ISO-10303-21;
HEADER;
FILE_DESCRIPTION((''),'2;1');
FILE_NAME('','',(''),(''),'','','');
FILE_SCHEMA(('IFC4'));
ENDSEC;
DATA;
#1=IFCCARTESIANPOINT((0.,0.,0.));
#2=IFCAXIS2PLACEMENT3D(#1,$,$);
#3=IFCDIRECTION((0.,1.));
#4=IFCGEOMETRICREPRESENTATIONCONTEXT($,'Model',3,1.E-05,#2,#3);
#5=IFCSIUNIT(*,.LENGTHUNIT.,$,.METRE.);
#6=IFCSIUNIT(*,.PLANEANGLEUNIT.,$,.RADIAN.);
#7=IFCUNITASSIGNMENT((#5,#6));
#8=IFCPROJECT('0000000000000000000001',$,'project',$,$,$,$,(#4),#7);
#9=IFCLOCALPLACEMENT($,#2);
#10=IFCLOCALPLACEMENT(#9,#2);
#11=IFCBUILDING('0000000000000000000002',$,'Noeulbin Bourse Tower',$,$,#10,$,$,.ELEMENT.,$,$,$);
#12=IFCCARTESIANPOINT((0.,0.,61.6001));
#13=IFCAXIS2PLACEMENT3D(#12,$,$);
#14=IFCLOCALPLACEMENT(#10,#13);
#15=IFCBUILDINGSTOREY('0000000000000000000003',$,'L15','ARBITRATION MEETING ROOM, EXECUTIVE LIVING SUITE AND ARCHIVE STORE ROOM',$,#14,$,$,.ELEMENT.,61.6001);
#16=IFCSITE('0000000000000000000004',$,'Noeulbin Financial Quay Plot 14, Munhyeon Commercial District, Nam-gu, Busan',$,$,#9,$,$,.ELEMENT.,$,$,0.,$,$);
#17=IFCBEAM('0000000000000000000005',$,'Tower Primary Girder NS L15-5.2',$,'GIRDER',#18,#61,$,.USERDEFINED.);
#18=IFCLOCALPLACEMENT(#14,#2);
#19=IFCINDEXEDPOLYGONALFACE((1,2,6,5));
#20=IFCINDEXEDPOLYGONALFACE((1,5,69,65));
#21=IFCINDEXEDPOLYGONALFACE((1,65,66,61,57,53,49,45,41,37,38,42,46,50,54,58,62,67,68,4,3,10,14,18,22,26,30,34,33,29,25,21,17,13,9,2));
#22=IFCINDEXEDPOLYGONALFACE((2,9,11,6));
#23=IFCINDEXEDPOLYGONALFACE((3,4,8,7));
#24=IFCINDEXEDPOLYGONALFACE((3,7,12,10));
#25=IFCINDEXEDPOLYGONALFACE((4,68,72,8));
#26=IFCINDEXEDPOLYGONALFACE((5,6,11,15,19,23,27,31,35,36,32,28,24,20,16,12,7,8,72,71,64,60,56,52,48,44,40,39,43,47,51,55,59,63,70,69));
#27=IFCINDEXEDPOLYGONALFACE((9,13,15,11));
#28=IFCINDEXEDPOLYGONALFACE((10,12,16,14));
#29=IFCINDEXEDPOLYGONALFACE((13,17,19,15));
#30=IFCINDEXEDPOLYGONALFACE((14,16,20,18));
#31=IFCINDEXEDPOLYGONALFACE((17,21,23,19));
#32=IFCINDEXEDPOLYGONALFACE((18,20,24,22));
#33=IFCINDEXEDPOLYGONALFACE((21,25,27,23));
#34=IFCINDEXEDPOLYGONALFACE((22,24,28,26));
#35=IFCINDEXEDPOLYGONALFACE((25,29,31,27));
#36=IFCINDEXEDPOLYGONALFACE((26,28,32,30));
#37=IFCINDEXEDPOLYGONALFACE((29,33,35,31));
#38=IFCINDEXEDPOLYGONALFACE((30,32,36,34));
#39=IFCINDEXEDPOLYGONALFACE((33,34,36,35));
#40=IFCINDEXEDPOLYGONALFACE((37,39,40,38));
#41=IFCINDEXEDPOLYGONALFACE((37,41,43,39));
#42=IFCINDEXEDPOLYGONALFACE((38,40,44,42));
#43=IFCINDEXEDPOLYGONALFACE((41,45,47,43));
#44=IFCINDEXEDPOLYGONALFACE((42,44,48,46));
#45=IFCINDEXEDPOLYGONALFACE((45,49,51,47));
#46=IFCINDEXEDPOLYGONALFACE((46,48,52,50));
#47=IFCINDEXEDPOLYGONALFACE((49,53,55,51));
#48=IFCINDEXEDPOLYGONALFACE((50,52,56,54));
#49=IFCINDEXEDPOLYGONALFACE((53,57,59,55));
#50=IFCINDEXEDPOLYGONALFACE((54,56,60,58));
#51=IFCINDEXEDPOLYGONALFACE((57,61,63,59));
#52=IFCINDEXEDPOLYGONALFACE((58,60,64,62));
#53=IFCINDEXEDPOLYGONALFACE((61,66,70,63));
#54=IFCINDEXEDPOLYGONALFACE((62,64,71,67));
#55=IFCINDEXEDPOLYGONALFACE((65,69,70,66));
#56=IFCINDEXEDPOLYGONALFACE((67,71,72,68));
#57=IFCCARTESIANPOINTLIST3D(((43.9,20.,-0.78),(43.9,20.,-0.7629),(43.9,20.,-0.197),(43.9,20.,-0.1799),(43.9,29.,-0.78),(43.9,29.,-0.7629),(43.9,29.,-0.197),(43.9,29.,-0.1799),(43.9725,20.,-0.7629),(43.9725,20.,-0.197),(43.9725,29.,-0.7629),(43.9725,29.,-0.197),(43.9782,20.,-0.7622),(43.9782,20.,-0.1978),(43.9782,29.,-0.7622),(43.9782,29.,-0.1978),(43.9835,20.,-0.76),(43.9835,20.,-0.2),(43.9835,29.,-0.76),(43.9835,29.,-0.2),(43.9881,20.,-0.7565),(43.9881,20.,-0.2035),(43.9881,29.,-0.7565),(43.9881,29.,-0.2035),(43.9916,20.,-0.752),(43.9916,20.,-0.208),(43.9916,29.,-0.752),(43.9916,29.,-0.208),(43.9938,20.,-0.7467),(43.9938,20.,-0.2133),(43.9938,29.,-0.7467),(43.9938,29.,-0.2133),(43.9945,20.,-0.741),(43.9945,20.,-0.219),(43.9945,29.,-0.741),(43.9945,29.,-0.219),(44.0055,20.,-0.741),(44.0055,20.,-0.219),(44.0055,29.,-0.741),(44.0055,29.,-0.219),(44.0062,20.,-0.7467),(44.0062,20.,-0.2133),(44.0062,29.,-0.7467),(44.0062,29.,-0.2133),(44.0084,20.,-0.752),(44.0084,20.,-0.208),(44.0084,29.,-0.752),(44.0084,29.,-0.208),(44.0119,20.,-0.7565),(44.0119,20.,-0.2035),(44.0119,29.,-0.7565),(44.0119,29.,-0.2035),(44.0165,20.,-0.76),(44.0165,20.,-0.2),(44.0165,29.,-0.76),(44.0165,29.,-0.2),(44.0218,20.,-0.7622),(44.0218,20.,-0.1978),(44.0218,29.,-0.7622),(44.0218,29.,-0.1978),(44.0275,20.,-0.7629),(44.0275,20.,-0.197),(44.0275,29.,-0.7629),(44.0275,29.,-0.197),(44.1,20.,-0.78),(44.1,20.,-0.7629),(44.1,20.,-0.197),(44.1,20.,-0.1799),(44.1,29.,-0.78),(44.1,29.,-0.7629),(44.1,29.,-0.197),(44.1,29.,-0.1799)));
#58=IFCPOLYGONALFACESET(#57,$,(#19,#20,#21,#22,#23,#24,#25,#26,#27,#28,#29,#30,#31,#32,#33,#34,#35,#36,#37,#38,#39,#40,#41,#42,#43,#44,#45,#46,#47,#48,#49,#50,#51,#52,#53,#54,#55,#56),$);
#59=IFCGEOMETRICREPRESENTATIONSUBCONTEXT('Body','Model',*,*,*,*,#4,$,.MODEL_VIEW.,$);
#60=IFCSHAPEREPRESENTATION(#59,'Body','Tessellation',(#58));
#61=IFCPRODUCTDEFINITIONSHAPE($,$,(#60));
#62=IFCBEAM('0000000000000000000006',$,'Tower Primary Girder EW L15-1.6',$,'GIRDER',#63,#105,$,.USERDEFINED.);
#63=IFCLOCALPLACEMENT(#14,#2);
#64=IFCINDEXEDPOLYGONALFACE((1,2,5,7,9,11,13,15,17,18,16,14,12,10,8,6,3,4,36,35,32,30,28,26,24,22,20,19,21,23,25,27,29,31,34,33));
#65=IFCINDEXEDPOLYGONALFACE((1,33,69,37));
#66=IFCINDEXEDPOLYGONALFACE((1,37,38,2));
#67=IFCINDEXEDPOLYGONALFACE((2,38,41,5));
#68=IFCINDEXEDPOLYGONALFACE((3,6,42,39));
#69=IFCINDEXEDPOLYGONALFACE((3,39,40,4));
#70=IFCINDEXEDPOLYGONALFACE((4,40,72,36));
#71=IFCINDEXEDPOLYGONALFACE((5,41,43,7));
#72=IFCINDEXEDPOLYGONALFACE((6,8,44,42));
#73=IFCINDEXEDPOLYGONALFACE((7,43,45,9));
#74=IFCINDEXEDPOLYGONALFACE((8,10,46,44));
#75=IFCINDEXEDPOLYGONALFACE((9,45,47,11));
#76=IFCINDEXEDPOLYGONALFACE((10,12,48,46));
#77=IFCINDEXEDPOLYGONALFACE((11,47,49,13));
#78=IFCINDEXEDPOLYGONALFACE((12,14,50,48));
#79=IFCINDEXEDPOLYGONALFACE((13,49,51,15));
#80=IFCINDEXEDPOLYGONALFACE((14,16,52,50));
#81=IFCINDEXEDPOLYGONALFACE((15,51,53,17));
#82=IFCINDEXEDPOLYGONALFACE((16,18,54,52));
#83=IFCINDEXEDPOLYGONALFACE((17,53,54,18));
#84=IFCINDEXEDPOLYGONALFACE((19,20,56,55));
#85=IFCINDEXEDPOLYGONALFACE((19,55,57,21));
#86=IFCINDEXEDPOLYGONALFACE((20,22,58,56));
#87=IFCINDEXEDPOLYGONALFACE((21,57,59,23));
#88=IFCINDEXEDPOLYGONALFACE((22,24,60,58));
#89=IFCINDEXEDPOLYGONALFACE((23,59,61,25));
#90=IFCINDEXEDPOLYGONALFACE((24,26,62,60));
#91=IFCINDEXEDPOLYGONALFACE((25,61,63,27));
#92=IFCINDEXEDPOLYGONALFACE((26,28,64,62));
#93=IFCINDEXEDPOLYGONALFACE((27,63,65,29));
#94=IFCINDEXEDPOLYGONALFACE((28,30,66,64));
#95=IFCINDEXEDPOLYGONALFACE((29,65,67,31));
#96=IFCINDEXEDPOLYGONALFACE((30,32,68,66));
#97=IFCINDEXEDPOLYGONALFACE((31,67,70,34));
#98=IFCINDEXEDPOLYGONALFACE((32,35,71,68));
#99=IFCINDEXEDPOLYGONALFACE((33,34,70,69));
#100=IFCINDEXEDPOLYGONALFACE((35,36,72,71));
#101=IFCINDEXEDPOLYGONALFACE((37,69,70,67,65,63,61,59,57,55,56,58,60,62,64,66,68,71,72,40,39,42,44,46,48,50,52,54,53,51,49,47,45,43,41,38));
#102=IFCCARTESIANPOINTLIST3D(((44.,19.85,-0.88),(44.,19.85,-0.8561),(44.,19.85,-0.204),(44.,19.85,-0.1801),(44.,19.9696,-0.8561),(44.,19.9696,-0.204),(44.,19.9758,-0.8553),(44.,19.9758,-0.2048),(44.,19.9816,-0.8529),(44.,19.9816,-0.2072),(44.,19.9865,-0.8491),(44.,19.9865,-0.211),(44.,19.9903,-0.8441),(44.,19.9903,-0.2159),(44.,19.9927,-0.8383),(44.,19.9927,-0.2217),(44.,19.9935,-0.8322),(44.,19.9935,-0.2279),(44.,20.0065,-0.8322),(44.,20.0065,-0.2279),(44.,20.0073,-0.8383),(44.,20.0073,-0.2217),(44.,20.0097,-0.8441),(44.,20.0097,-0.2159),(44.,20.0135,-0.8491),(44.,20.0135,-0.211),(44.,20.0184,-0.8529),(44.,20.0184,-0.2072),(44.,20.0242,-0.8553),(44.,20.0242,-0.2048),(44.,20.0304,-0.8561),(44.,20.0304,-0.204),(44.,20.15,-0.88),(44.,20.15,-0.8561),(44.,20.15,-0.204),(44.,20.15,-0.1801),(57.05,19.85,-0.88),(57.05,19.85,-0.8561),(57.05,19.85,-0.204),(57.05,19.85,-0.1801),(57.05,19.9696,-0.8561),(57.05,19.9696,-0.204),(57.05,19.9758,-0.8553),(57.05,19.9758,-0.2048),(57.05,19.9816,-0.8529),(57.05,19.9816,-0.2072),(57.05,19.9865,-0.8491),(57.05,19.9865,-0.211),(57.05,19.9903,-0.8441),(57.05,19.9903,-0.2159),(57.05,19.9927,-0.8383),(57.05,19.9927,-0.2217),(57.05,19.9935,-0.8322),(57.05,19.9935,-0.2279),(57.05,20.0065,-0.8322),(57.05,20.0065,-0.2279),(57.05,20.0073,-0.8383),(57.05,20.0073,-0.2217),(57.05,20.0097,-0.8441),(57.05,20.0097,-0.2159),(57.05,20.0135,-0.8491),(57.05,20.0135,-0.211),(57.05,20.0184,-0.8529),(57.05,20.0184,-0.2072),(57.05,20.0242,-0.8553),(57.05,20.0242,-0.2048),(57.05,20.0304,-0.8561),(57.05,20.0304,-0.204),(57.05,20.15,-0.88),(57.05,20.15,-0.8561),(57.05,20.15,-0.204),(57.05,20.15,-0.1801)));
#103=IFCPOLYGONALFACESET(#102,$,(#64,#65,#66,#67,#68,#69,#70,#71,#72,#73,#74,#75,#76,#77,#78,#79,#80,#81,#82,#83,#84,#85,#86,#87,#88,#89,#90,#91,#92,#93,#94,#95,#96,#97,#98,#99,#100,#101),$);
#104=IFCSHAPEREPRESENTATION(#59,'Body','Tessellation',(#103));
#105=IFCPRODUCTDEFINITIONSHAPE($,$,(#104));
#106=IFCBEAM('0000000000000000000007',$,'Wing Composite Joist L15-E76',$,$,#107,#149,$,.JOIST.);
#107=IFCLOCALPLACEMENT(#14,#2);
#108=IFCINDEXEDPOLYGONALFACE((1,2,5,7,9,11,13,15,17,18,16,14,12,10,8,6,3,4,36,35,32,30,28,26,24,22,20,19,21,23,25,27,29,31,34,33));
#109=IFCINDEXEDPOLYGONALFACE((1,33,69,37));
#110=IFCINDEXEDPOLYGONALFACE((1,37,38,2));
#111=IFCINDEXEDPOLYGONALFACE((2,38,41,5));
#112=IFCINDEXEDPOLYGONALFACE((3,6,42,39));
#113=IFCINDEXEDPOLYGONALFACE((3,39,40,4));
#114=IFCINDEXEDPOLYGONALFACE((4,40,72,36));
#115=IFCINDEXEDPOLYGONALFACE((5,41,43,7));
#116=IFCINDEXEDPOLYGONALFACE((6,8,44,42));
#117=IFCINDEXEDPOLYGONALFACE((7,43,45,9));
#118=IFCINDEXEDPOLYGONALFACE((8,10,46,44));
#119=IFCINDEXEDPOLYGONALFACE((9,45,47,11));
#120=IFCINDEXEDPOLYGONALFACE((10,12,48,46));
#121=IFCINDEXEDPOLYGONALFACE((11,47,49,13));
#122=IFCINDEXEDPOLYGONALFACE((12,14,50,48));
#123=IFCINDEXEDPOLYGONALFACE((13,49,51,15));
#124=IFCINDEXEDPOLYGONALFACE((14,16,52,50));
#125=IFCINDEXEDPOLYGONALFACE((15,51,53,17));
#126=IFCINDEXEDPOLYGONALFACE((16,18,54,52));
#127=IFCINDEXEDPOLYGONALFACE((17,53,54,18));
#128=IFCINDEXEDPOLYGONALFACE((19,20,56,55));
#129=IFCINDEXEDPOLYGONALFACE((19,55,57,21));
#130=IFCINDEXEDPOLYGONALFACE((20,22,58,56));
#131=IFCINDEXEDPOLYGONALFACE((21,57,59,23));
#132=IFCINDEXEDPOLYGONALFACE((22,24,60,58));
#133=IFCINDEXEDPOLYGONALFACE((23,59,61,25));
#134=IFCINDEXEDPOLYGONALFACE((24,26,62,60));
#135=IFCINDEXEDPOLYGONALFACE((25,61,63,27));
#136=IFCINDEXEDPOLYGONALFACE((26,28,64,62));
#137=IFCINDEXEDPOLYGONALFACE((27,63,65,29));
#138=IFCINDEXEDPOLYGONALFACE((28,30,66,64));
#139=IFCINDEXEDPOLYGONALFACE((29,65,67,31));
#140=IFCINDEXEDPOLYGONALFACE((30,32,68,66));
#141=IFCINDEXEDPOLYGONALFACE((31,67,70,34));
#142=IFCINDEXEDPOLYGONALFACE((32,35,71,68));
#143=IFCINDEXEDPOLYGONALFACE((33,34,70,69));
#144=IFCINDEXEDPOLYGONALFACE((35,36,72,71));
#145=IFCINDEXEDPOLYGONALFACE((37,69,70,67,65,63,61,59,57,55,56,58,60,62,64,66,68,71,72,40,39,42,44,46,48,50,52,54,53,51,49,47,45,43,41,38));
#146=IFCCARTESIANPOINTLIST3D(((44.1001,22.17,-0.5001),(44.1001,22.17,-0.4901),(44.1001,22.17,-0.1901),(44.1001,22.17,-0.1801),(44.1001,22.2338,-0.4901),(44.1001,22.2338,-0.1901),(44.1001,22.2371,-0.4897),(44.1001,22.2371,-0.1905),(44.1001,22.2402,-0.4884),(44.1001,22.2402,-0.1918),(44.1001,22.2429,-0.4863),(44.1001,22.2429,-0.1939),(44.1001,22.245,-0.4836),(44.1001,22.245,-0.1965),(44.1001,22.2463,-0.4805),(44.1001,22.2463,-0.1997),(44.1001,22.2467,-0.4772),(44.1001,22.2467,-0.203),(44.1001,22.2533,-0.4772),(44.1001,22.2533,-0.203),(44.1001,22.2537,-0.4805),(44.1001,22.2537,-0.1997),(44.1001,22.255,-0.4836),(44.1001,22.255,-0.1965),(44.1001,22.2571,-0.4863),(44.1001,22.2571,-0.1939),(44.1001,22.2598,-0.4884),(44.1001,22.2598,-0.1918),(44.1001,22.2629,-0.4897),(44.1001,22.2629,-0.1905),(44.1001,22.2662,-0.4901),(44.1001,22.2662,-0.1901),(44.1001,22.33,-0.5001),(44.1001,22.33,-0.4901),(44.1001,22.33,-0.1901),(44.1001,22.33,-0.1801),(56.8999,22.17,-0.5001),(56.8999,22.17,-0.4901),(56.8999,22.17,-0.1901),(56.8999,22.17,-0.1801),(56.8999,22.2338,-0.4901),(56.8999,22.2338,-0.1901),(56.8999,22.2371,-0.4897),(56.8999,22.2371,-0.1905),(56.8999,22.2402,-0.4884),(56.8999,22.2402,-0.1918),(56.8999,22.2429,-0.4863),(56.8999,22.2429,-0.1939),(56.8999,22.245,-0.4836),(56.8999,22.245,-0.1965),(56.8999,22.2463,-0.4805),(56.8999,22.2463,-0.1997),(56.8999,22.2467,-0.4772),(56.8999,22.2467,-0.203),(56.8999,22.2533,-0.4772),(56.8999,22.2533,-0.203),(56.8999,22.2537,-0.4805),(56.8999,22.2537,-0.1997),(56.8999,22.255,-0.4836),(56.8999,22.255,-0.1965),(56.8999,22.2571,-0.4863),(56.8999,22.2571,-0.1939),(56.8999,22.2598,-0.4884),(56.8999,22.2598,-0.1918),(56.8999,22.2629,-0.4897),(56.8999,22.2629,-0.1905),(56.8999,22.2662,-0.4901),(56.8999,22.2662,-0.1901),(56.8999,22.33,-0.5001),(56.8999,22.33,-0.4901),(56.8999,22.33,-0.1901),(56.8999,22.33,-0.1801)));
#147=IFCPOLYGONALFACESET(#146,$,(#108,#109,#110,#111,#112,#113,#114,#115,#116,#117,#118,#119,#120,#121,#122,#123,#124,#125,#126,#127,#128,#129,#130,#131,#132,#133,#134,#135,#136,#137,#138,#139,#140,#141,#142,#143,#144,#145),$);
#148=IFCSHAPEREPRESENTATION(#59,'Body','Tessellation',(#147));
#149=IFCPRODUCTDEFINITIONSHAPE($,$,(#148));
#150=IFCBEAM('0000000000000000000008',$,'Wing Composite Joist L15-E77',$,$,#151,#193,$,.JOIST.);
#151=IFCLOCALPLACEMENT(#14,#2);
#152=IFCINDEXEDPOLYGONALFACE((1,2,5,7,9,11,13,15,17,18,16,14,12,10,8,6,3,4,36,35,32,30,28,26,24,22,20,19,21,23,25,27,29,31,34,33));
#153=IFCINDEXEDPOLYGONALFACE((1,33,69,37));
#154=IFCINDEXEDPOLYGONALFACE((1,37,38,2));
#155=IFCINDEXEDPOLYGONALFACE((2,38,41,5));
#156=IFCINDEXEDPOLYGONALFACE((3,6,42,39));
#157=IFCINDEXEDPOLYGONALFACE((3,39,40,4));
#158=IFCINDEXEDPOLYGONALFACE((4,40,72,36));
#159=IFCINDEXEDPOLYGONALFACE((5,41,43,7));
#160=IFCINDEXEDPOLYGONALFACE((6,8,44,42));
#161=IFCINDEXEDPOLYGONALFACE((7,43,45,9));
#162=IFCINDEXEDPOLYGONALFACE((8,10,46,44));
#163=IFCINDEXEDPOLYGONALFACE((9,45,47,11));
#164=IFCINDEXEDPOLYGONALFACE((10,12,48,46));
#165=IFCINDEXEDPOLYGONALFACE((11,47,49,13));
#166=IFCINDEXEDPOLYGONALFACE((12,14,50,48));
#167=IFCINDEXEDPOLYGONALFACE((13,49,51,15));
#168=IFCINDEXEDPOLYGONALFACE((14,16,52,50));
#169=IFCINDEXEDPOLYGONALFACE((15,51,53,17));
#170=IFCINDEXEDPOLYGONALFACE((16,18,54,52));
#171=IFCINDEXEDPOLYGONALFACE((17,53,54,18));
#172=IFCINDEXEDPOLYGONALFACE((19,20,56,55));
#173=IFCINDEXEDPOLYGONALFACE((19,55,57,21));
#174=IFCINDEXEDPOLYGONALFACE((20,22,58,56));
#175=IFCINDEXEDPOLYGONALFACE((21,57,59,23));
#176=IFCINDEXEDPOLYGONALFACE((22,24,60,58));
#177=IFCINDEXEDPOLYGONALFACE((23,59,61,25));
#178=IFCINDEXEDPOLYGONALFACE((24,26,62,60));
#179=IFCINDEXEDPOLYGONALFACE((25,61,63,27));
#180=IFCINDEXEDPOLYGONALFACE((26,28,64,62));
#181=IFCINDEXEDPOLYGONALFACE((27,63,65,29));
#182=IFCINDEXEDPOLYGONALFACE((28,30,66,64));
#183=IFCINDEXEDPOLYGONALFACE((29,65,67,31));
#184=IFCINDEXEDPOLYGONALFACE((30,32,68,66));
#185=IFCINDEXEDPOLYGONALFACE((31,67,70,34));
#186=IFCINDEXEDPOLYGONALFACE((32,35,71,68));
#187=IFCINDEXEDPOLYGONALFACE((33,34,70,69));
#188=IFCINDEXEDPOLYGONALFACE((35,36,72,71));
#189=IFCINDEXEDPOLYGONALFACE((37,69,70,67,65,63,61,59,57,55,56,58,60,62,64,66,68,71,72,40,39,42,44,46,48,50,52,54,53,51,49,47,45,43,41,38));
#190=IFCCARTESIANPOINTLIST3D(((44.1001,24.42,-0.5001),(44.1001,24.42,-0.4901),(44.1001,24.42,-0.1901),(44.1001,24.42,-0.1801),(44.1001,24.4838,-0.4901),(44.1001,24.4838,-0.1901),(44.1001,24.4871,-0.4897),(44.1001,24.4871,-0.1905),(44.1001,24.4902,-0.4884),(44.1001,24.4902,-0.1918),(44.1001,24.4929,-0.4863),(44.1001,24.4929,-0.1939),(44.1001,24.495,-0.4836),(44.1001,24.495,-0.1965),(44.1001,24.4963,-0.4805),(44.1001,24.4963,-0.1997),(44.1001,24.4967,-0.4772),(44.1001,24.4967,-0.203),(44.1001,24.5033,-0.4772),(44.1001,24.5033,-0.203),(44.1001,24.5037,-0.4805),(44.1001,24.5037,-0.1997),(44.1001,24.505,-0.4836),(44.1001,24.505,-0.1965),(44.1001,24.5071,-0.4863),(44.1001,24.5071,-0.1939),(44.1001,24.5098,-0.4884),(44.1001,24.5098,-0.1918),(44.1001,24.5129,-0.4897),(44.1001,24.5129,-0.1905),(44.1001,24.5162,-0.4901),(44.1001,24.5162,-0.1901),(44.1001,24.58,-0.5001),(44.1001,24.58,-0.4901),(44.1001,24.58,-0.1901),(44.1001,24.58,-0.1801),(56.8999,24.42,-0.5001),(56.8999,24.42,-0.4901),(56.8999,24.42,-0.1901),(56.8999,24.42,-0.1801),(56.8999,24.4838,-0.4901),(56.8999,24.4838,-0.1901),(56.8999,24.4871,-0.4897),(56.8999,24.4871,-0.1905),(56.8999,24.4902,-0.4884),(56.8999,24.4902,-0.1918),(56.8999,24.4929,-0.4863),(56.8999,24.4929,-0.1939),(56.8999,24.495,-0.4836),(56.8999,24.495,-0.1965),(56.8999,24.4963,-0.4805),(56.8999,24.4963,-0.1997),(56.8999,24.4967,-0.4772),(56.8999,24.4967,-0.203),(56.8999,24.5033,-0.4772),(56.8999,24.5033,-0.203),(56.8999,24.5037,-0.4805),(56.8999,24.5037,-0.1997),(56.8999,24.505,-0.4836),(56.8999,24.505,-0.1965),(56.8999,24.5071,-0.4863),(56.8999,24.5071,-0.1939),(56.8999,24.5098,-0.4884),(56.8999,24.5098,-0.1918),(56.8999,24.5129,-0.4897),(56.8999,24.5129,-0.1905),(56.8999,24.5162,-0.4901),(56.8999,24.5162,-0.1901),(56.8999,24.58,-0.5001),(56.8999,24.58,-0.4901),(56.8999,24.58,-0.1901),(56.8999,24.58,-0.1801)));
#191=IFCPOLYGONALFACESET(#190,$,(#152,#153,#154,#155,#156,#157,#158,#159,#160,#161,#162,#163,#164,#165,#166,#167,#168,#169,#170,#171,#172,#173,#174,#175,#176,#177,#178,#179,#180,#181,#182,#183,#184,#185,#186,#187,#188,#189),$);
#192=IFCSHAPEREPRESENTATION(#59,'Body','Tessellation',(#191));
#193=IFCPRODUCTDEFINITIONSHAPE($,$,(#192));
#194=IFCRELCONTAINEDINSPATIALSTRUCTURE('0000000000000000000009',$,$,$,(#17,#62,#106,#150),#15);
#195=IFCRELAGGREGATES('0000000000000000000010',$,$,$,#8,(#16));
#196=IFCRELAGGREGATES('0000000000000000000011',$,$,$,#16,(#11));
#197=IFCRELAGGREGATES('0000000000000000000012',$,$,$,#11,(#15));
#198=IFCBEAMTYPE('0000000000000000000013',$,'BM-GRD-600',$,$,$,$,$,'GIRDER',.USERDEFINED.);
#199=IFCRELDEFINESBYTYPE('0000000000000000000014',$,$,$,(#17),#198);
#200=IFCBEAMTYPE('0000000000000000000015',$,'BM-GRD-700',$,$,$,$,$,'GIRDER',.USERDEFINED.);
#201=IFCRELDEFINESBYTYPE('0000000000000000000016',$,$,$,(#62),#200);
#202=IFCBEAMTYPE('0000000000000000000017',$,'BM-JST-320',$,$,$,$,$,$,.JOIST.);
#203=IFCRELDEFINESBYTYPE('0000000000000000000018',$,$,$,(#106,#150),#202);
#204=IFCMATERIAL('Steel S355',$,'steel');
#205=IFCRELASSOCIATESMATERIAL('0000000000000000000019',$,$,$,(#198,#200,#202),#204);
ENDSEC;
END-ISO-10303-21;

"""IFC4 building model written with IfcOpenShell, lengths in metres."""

from ifc_helpers import new_model, si_unit, direction, frame, origin, origin_2d, place, context, subcontext, project, spatial, i_section, extrude, material, material_profile, profile_set, type_object, element, save


model = new_model("IFC4")

# Units and contexts
model_context = context("Model", 3, precision=1e-05, world=origin(), true_north=direction((0.0, 1.0)))
body_context = subcontext(model_context, "Body", "Model", "MODEL_VIEW")
ifc_project = project(units=[si_unit("LENGTHUNIT", "METRE"), si_unit("PLANEANGLEUNIT", "RADIAN")], contexts=[model_context])

# Site, building, storey
site_placement = place(None, origin())
site = spatial("IfcSite", under=ifc_project, at=site_placement, Name="Noeulbin Financial Quay Plot 14, Munhyeon Commercial District, Nam-gu, Busan", CompositionType="ELEMENT", RefElevation=0.0)
building_placement = place(site_placement, origin())
building = spatial("IfcBuilding", under=site, at=building_placement, Name="Noeulbin Bourse Tower", CompositionType="ELEMENT")
storey_placement = place(building_placement, frame((0.0, 0.0, 61.6001)))
storey = spatial("IfcBuildingStorey", under=building, at=storey_placement, Name="L15", Description="ARBITRATION MEETING ROOM, EXECUTIVE LIVING SUITE AND ARCHIVE STORE ROOM", CompositionType="ELEMENT", Elevation=61.6001)

# Beams
ifc_material_1 = material(Name="Steel S355", Category="steel")
ifc_material_profile_1 = material_profile(ifc_material_1, i_section(OverallWidth=0.2, OverallDepth=0.6001, WebThickness=0.011, FlangeThickness=0.0171, FilletRadius=0.022, at=origin_2d()), Name="H-600x200x11x17", Category="LoadBearing")
ifc_profile_set_1 = profile_set([ifc_material_profile_1], Name="Steel S355")
beam_type_1 = type_object("IfcBeamType", Name="BM-GRD-600", ElementType="GIRDER", PredefinedType="USERDEFINED", material=ifc_profile_set_1)
beam_1_placement = place(storey_placement, frame((44.0, 20.0, -0.48), z_axis=(0.0, 1.0, 0.0), x_axis=(-1.0, 0.0, 0.0)))
element("IfcBeam", 1, at=beam_1_placement, inside=storey, type_object=beam_type_1, Name="Tower Primary Girder NS L15-5.2", ObjectType="GIRDER", PredefinedType="USERDEFINED", context=body_context, shape_type="SweptSolid", body=[
    extrude(i_section(OverallWidth=0.2, OverallDepth=0.6001, WebThickness=0.011, FlangeThickness=0.0171, FilletRadius=0.022, at=origin_2d()), origin(), (0.0, 0.0, 1.0), 9.0),
])
ifc_material_profile_2 = material_profile(ifc_material_1, i_section(OverallWidth=0.3, OverallDepth=0.7, WebThickness=0.0129, FlangeThickness=0.0239, FilletRadius=0.0239, at=origin_2d()), Name="H-700x300x13x24", Category="LoadBearing")
ifc_profile_set_2 = profile_set([ifc_material_profile_2], Name="Steel S355")
beam_type_2 = type_object("IfcBeamType", Name="BM-GRD-700", ElementType="GIRDER", PredefinedType="USERDEFINED", material=ifc_profile_set_2)
beam_2_placement = place(storey_placement, frame((44.0, 20.0, -0.53), z_axis=(1.0, 0.0, 0.0), x_axis=(0.0, 1.0, 0.0)))
element("IfcBeam", 2, at=beam_2_placement, inside=storey, type_object=beam_type_2, Name="Tower Primary Girder EW L15-1.6", ObjectType="GIRDER", PredefinedType="USERDEFINED", context=body_context, shape_type="SweptSolid", body=[
    extrude(i_section(OverallWidth=0.3, OverallDepth=0.7, WebThickness=0.0129, FlangeThickness=0.0239, FilletRadius=0.0239, at=origin_2d()), origin(), (0.0, 0.0, 1.0), 13.05),
])
ifc_material_profile_3 = material_profile(ifc_material_1, i_section(OverallWidth=0.1599, OverallDepth=0.3201, WebThickness=0.0066, FlangeThickness=0.01, FilletRadius=0.0129, at=origin_2d()), Name="H-320x160x6.5x10", Category="LoadBearing")
ifc_profile_set_3 = profile_set([ifc_material_profile_3], Name="Steel S355")
beam_type_3 = type_object("IfcBeamType", Name="BM-JST-320", PredefinedType="JOIST", material=ifc_profile_set_3)
for number, where, z_axis, x_axis, name in (
    (3, (44.1001, 22.25, -0.3401), (1.0, 0.0, 0.0), (0.0, 1.0, 0.0), "Wing Composite Joist L15-E76"),
    (4, (44.1001, 24.5, -0.3401), (1.0, 0.0, 0.0), (0.0, 1.0, 0.0), "Wing Composite Joist L15-E77"),
):
    element("IfcBeam", number, at=place(storey_placement, frame(where, z_axis=z_axis, x_axis=x_axis)), inside=storey, type_object=beam_type_3, Name=name, PredefinedType="JOIST", context=body_context, shape_type="SweptSolid", body=[
        extrude(i_section(OverallWidth=0.1599, OverallDepth=0.3201, WebThickness=0.0066, FlangeThickness=0.01, FilletRadius=0.0129, at=origin_2d()), origin(), (0.0, 0.0, 1.0), 12.7998),
    ])

save(model, "model.ifc")
